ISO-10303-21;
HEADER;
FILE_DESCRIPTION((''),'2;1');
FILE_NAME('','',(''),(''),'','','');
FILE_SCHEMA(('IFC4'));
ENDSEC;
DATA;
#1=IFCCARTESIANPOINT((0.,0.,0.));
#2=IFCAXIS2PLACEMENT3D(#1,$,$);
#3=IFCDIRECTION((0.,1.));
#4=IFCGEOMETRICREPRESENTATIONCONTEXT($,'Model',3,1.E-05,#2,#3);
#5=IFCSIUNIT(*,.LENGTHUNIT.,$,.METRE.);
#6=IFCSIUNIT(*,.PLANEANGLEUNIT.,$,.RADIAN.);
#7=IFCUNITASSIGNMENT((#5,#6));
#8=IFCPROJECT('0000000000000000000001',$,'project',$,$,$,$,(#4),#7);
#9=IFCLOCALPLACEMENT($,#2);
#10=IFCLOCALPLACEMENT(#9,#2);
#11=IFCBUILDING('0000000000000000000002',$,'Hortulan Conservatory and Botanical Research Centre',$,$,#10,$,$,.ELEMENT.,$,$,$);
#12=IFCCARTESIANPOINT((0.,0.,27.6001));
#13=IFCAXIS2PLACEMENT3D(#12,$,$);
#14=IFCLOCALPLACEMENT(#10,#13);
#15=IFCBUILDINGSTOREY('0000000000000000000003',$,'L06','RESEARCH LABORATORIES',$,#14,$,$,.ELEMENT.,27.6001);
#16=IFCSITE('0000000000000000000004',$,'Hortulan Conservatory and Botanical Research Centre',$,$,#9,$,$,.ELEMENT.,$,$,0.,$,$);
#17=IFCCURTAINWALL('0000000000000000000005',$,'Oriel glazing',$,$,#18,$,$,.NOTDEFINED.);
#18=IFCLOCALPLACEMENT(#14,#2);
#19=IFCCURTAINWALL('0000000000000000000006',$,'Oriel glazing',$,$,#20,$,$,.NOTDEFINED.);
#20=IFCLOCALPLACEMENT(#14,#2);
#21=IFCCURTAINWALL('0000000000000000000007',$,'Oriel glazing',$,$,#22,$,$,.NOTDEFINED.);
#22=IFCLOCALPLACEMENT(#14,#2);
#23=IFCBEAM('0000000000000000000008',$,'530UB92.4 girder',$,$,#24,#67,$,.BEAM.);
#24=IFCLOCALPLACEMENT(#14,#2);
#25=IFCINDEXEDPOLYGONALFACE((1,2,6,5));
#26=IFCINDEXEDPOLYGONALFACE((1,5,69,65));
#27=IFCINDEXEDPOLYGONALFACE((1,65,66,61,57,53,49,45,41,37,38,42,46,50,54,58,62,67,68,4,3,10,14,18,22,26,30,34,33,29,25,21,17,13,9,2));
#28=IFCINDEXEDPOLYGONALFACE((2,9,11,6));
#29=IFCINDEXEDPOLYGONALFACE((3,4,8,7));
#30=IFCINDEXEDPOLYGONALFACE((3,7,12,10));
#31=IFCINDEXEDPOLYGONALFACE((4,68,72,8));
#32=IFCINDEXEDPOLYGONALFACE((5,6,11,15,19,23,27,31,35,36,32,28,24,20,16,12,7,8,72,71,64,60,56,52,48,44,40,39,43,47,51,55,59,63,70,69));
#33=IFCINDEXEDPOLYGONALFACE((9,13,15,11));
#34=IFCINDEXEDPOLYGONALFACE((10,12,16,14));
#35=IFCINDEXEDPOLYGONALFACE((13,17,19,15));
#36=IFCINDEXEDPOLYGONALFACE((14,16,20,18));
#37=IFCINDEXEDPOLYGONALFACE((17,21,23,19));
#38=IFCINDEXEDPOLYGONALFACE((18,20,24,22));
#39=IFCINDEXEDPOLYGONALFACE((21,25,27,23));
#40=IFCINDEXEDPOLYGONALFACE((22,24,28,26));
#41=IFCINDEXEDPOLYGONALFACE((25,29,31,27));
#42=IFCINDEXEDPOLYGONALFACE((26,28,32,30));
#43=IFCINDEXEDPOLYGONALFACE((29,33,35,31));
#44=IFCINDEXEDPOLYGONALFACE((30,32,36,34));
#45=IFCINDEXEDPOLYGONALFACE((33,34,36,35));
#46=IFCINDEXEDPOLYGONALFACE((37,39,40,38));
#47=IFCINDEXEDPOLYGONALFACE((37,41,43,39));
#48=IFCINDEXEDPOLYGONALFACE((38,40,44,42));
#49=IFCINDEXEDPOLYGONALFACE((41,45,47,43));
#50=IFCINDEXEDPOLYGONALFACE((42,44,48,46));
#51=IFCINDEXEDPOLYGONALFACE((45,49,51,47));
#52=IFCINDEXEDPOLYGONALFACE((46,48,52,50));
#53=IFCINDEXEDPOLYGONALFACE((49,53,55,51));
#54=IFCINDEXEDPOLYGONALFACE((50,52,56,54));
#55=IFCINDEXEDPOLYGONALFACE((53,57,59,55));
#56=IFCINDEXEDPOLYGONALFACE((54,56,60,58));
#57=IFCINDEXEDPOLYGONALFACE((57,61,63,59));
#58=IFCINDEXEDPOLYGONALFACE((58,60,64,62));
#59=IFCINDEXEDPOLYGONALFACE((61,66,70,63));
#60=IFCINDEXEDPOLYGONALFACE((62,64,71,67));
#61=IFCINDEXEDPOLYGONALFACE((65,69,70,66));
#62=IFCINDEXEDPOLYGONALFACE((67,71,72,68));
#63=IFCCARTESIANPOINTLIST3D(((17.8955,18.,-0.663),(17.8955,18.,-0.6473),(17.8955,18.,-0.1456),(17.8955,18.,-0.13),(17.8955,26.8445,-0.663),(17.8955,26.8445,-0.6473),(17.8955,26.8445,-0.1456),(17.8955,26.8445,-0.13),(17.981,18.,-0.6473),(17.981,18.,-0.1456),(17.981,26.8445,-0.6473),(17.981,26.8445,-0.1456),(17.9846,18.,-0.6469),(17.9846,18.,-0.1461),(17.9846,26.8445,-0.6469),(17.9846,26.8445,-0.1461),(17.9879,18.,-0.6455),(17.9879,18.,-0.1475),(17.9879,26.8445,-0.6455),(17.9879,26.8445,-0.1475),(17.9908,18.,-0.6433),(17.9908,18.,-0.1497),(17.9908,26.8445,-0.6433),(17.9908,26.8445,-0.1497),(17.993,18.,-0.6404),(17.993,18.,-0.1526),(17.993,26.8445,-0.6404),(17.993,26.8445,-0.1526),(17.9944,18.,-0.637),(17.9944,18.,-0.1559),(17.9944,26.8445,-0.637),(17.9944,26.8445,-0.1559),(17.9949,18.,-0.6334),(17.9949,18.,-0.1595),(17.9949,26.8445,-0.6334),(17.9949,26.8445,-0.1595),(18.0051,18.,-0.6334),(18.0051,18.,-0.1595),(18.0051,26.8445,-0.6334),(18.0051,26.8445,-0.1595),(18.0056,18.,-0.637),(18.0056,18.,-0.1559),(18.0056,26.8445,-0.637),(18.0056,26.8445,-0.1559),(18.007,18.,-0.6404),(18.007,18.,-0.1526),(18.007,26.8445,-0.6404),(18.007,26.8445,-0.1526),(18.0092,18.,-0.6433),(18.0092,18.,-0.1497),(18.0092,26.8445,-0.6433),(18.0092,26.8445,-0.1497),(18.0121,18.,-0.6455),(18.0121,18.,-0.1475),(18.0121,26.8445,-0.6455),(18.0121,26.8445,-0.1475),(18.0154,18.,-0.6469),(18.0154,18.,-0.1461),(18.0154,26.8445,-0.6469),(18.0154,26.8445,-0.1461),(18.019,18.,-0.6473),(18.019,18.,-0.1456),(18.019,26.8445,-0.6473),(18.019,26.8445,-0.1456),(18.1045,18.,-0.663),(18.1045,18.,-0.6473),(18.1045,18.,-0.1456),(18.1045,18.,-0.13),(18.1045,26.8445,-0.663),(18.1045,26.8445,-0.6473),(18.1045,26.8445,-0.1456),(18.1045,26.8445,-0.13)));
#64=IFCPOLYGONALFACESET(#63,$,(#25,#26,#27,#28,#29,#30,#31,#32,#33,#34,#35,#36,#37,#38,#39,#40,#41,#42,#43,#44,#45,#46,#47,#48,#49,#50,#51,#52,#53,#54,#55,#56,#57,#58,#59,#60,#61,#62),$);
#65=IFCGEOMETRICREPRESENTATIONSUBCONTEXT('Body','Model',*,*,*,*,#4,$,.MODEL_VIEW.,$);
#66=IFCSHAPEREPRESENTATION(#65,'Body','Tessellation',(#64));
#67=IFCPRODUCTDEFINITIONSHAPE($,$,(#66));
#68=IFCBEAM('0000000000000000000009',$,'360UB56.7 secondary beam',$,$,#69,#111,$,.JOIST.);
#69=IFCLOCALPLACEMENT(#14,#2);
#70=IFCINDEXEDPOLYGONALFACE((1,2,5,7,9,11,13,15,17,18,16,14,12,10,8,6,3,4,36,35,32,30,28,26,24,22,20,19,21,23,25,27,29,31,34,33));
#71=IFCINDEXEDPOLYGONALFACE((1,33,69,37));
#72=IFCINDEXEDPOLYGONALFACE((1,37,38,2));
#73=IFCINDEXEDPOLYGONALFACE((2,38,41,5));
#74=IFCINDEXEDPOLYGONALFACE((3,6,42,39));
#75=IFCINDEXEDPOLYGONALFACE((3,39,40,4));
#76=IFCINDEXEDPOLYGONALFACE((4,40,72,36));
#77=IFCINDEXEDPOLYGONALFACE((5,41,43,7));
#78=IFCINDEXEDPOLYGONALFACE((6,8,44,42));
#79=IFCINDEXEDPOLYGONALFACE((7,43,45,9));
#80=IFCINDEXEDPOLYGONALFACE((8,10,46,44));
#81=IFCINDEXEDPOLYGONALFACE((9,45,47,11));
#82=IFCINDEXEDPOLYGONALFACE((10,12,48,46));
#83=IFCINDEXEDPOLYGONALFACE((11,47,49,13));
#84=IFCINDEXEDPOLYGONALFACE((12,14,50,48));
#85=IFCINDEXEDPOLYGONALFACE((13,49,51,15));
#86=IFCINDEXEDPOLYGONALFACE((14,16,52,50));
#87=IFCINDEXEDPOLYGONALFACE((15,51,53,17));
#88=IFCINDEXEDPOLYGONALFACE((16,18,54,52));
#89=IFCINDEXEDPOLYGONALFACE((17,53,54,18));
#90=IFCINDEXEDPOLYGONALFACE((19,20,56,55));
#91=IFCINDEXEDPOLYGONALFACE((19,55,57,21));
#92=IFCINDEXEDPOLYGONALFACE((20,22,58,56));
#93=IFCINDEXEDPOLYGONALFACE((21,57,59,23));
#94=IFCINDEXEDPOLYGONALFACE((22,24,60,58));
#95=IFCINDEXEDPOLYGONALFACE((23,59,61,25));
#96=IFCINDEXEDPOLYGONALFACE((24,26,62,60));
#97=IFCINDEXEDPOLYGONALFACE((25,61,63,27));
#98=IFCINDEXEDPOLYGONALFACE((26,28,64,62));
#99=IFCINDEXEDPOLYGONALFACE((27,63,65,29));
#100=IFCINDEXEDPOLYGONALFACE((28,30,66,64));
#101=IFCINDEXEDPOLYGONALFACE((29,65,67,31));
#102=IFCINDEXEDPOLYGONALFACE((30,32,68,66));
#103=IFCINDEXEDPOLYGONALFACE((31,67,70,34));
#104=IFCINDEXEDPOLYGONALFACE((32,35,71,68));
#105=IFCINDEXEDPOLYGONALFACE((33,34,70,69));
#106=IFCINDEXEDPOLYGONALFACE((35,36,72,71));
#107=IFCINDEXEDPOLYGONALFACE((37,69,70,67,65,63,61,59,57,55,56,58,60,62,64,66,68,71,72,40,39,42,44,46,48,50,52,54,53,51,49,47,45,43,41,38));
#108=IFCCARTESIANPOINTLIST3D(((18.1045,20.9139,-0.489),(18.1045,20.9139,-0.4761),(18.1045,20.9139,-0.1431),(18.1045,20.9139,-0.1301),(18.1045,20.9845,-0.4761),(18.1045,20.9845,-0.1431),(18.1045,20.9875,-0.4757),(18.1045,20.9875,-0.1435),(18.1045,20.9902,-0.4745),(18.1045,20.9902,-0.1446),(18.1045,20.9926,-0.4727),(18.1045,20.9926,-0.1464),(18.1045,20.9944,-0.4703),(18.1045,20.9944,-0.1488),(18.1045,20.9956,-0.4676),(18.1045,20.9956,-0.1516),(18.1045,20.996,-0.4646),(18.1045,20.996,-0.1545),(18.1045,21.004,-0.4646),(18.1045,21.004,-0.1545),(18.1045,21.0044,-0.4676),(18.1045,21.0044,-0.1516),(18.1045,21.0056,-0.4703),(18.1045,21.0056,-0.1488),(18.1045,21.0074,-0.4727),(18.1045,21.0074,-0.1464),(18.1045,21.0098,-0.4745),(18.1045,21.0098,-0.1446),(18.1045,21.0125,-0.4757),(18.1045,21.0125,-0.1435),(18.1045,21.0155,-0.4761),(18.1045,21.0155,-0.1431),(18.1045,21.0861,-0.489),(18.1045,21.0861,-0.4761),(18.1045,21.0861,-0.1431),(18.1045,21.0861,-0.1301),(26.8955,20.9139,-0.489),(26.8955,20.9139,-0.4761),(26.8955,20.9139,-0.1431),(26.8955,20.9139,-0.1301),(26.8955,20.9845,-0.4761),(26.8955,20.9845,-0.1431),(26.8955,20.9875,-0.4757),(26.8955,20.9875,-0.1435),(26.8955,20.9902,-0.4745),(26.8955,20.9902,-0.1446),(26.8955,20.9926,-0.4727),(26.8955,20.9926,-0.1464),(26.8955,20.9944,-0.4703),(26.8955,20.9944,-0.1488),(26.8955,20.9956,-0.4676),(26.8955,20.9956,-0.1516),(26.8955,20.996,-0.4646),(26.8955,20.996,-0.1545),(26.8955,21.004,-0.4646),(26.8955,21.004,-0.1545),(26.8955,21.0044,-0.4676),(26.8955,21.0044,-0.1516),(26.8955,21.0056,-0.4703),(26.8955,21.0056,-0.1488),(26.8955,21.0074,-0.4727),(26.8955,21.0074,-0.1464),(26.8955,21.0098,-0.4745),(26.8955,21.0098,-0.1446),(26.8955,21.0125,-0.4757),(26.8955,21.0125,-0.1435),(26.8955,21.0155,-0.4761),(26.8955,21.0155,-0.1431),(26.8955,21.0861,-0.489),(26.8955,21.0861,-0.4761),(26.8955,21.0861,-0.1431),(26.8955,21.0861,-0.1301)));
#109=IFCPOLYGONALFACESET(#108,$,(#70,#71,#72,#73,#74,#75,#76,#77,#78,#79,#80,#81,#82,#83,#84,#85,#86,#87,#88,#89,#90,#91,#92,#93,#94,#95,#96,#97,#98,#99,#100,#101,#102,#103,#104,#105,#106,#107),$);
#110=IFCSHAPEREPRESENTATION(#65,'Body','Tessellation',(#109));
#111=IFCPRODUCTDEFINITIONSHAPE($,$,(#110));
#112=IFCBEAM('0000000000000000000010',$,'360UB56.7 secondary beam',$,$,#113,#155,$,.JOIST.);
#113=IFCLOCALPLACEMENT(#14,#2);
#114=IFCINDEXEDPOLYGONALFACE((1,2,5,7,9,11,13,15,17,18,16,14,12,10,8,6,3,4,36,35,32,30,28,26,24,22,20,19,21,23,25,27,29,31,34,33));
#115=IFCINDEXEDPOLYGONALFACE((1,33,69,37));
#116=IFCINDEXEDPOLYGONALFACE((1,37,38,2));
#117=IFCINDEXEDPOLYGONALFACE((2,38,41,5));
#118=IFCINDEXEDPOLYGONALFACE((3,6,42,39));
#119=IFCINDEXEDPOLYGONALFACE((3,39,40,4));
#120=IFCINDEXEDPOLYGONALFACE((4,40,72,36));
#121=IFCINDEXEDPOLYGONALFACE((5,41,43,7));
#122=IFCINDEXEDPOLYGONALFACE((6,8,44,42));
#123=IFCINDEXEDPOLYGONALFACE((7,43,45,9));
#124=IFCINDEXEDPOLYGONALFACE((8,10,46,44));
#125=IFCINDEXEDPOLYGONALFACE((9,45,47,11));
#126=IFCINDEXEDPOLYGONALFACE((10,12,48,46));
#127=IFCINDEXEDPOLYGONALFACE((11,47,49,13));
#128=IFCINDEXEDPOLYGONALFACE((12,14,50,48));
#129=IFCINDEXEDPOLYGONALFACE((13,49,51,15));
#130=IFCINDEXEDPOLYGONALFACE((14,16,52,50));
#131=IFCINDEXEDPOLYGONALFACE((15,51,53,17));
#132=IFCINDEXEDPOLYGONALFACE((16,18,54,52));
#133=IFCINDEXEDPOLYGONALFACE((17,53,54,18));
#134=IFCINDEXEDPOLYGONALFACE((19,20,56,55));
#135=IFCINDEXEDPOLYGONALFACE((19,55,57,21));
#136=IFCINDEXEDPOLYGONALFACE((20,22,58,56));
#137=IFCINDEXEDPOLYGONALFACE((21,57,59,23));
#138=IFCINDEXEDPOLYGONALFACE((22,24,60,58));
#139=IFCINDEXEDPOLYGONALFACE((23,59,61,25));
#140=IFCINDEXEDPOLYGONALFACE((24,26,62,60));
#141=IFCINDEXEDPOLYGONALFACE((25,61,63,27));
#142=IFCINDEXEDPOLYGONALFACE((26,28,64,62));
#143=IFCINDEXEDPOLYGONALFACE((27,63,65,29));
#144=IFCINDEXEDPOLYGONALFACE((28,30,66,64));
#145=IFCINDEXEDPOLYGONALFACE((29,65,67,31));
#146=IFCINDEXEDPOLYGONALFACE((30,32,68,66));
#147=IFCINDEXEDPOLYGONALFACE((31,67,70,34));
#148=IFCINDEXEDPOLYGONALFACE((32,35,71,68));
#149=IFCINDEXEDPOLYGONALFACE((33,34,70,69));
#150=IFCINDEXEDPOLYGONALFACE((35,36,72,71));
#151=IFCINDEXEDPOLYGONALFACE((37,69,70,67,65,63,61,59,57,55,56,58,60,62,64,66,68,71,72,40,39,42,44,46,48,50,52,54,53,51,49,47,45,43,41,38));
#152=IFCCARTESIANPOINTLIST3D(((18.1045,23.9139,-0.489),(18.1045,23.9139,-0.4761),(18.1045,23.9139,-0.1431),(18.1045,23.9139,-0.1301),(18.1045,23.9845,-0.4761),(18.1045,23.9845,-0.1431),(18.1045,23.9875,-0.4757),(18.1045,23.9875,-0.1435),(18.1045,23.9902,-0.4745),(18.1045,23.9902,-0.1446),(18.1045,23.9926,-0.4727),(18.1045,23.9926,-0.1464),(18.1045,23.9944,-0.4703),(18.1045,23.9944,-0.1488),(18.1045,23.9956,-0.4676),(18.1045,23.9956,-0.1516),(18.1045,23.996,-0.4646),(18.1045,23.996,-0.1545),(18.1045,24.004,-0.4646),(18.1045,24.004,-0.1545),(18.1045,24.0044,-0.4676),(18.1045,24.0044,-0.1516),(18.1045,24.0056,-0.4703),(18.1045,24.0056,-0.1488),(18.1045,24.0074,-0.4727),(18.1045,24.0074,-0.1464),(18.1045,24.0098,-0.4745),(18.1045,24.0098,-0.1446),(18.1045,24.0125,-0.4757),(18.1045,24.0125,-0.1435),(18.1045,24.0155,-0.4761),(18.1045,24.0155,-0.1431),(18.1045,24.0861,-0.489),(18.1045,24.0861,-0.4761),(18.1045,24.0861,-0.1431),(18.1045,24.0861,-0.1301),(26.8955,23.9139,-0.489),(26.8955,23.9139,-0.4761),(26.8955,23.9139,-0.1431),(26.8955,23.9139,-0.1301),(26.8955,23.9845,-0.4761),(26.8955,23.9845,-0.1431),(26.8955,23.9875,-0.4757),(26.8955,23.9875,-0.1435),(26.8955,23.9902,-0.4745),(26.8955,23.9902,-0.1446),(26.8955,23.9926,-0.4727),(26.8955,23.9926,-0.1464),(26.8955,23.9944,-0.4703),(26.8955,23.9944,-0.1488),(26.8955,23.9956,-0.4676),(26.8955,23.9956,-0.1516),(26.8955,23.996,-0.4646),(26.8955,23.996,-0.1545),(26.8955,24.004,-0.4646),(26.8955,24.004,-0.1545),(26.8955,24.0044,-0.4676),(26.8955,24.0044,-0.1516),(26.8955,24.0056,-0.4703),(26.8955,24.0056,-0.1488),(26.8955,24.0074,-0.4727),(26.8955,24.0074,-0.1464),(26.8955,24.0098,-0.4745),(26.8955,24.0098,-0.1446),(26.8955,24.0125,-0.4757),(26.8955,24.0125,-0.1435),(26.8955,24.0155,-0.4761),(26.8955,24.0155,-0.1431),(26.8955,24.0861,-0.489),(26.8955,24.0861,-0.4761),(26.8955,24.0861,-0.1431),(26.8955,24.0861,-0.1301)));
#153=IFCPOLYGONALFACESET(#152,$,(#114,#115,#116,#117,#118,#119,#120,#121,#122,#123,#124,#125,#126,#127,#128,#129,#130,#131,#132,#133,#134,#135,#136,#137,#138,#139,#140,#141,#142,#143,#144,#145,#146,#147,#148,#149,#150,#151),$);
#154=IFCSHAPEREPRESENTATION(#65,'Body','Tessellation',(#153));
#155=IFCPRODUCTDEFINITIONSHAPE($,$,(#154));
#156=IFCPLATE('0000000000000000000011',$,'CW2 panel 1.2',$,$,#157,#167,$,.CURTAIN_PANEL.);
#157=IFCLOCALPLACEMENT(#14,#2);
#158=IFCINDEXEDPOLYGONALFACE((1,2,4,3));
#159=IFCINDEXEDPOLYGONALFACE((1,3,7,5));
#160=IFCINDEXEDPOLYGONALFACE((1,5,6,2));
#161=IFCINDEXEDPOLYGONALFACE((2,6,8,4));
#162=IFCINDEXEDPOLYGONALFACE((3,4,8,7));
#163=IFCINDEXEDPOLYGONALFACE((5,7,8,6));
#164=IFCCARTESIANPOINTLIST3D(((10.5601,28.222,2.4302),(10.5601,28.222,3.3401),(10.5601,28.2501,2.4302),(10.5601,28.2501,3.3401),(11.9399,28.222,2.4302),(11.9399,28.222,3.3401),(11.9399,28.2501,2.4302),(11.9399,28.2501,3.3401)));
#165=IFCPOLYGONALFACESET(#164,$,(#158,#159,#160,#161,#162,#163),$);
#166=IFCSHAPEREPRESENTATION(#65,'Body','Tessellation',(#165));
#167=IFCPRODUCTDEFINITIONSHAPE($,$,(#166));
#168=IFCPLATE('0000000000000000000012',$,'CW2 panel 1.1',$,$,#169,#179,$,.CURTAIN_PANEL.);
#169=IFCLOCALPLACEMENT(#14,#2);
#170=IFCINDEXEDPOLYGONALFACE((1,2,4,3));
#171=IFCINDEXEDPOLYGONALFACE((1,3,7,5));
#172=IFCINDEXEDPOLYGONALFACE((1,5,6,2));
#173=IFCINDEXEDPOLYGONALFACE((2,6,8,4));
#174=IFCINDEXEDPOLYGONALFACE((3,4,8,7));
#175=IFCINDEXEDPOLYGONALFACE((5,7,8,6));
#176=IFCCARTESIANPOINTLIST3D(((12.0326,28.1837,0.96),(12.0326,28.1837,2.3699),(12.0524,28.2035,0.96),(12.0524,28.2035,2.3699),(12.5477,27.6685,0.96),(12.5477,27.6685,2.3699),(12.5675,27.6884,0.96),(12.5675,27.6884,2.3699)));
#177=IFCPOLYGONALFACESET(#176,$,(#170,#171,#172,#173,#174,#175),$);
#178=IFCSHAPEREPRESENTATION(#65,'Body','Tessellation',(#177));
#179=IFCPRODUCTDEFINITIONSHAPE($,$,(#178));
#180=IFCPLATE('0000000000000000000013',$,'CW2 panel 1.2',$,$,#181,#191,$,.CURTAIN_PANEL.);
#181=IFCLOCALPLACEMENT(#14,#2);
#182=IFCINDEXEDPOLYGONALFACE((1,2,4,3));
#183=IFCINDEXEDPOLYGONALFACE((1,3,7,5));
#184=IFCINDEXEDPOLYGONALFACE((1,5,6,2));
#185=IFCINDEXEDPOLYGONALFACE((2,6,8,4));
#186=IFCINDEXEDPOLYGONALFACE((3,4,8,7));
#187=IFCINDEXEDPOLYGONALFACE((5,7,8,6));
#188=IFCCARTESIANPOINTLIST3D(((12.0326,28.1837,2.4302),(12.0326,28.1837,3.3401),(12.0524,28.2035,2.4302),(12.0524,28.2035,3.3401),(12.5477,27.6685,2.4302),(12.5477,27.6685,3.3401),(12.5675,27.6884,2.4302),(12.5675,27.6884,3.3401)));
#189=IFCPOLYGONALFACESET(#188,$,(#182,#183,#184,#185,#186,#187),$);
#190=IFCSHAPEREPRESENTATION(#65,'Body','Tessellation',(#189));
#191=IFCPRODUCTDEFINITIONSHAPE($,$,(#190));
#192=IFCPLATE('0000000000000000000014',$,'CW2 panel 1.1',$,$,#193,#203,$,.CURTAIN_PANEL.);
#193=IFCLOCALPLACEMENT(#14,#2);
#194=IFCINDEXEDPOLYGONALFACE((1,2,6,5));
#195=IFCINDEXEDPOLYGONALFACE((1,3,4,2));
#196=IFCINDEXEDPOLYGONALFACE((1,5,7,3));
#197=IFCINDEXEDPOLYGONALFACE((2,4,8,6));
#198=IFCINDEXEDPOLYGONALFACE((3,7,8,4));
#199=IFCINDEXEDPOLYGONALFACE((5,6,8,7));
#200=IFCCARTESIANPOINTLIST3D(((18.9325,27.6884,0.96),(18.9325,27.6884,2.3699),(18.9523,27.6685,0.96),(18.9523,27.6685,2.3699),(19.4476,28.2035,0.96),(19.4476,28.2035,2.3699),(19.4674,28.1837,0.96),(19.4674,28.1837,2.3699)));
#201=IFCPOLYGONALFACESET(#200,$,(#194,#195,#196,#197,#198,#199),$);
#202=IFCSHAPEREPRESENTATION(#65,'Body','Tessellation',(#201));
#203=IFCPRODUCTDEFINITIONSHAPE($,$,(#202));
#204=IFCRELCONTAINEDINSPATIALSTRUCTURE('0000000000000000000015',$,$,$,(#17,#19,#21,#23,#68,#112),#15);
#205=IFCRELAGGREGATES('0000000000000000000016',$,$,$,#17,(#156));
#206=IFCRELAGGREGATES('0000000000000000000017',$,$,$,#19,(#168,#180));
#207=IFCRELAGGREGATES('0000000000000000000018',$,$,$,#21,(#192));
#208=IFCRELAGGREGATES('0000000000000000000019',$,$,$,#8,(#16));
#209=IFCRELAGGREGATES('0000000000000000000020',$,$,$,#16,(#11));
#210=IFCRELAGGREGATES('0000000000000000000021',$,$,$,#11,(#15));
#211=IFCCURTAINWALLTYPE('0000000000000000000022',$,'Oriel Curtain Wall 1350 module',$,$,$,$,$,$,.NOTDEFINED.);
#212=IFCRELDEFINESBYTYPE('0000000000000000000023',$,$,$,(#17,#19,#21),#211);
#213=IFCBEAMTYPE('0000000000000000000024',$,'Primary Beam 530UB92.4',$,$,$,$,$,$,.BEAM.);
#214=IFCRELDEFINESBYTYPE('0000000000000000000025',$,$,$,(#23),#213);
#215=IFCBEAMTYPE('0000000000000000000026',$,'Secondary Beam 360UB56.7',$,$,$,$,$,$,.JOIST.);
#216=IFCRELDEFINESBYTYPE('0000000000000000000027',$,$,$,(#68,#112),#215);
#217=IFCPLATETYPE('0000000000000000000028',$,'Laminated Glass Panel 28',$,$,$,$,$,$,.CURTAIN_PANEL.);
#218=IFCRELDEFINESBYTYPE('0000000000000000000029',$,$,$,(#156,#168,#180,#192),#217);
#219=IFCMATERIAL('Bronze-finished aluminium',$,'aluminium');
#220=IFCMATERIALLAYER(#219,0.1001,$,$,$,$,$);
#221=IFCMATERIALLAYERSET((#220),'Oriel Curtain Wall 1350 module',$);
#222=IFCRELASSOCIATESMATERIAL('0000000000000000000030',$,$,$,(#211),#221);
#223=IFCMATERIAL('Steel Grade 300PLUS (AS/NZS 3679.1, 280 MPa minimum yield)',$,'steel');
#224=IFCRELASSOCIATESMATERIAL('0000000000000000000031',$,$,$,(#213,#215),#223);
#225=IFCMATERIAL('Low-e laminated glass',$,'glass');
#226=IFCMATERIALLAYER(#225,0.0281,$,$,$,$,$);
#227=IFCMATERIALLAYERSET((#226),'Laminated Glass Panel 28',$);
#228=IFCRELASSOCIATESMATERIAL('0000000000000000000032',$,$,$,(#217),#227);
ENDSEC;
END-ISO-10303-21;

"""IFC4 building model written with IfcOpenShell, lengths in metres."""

from ifc_helpers import new_model, si_unit, direction, frame, origin, origin_2d, place, context, subcontext, project, spatial, rectangle, i_section, extrude, material, layer, layer_set, material_profile, profile_set, type_object, element, aggregate, save


model = new_model("IFC4")

# Units and contexts
model_context = context("Model", 3, precision=1e-05, world=origin(), true_north=direction((0.0, 1.0)))
body_context = subcontext(model_context, "Body", "Model", "MODEL_VIEW")
ifc_project = project(units=[si_unit("LENGTHUNIT", "METRE"), si_unit("PLANEANGLEUNIT", "RADIAN")], contexts=[model_context])

# Site, building, storey
site_placement = place(None, origin())
site = spatial("IfcSite", under=ifc_project, at=site_placement, Name="Hortulan Conservatory and Botanical Research Centre", CompositionType="ELEMENT", RefElevation=0.0)
building_placement = place(site_placement, origin())
building = spatial("IfcBuilding", under=site, at=building_placement, Name="Hortulan Conservatory and Botanical Research Centre", CompositionType="ELEMENT")
storey_placement = place(building_placement, frame((0.0, 0.0, 27.6001)))
storey = spatial("IfcBuildingStorey", under=building, at=storey_placement, Name="L06", Description="RESEARCH LABORATORIES", CompositionType="ELEMENT", Elevation=27.6001)

# Shared definitions
ifc_material_1 = material(Name="Steel Grade 300PLUS (AS/NZS 3679.1, 280 MPa minimum yield)", Category="steel")

# Curtain wall
ifc_material_2 = material(Name="Bronze-finished aluminium", Category="aluminium")
ifc_layer_1 = layer(ifc_material_2, 0.1001)
ifc_layer_set_1 = layer_set([ifc_layer_1], Name="Oriel Curtain Wall 1350 module")
curtain_wall_type = type_object("IfcCurtainWallType", Name="Oriel Curtain Wall 1350 module", PredefinedType="NOTDEFINED", material=ifc_layer_set_1)
curtain_wall_1_placement = place(storey_placement, origin())
curtain_wall_1 = element("IfcCurtainWall", 1, at=curtain_wall_1_placement, inside=storey, type_object=curtain_wall_type, Name="Oriel glazing", PredefinedType="NOTDEFINED")

# Curtain walls
curtain_wall_2_placement = place(storey_placement, origin())
curtain_wall_2 = element("IfcCurtainWall", 2, at=curtain_wall_2_placement, inside=storey, type_object=curtain_wall_type, Name="Oriel glazing", PredefinedType="NOTDEFINED")
curtain_wall_3_placement = place(storey_placement, origin())
curtain_wall_3 = element("IfcCurtainWall", 3, at=curtain_wall_3_placement, inside=storey, type_object=curtain_wall_type, Name="Oriel glazing", PredefinedType="NOTDEFINED")

# Beams
ifc_material_profile_1 = material_profile(ifc_material_1, i_section(OverallWidth=0.209, OverallDepth=0.533, WebThickness=0.0103, FlangeThickness=0.0156, FilletRadius=0.0139, at=origin_2d()), Name="530UB92.4")
ifc_profile_set_1 = profile_set([ifc_material_profile_1], Name="Steel Grade 300PLUS (AS/NZS 3679.1, 280 MPa minimum yield)")
beam_type_1 = type_object("IfcBeamType", Name="Primary Beam 530UB92.4", PredefinedType="BEAM", material=ifc_profile_set_1)
beam_1_placement = place(storey_placement, frame((18.0, 18.0, -0.3965), z_axis=(0.0, 1.0, 0.0), x_axis=(-1.0, 0.0, 0.0)))
element("IfcBeam", 4, at=beam_1_placement, inside=storey, type_object=beam_type_1, Name="530UB92.4 girder", PredefinedType="BEAM", context=body_context, shape_type="SweptSolid", body=[
    extrude(i_section(OverallWidth=0.209, OverallDepth=0.533, WebThickness=0.0103, FlangeThickness=0.0156, FilletRadius=0.0139, at=origin_2d()), origin(), (0.0, 0.0, 1.0), 8.8445),
])
ifc_material_profile_2 = material_profile(ifc_material_1, i_section(OverallWidth=0.1721, OverallDepth=0.3589, WebThickness=0.0081, FlangeThickness=0.0129, FilletRadius=0.0115, at=origin_2d()), Name="360UB56.7")
ifc_profile_set_2 = profile_set([ifc_material_profile_2], Name="Steel Grade 300PLUS (AS/NZS 3679.1, 280 MPa minimum yield)")
beam_type_2 = type_object("IfcBeamType", Name="Secondary Beam 360UB56.7", PredefinedType="JOIST", material=ifc_profile_set_2)
for number, where, z_axis, x_axis, name in (
    (5, (18.1045, 21.0, -0.3096), (1.0, 0.0, 0.0), (0.0, 1.0, 0.0), "360UB56.7 secondary beam"),
    (6, (18.1045, 24.0, -0.3096), (1.0, 0.0, 0.0), (0.0, 1.0, 0.0), "360UB56.7 secondary beam"),
):
    element("IfcBeam", number, at=place(storey_placement, frame(where, z_axis=z_axis, x_axis=x_axis)), inside=storey, type_object=beam_type_2, Name=name, PredefinedType="JOIST", context=body_context, shape_type="SweptSolid", body=[
        extrude(i_section(OverallWidth=0.1721, OverallDepth=0.3589, WebThickness=0.0081, FlangeThickness=0.0129, FilletRadius=0.0115, at=origin_2d()), origin(), (0.0, 0.0, 1.0), 8.791),
    ])

# Plates
ifc_material_3 = material(Name="Low-e laminated glass", Category="glass")
ifc_layer_2 = layer(ifc_material_3, 0.0281)
ifc_layer_set_2 = layer_set([ifc_layer_2], Name="Laminated Glass Panel 28")
plate_type = type_object("IfcPlateType", Name="Laminated Glass Panel 28", PredefinedType="CURTAIN_PANEL", material=ifc_layer_set_2)
plate_1_placement = place(storey_placement, frame((11.25, 28.2361, 2.4302), z_axis=(0.0, 0.0, 1.0), x_axis=(1.0, 0.0, 0.0)))
plate_1 = element("IfcPlate", 7, at=plate_1_placement, type_object=plate_type, Name="CW2 panel 1.2", PredefinedType="CURTAIN_PANEL", context=body_context, shape_type="SweptSolid", body=[
    extrude(rectangle(XDim=1.3799, YDim=0.0281, at=origin_2d()), origin(), (0.0, 0.0, 1.0), 0.9099),
])
aggregate(curtain_wall_1, [plate_1])
plate_2_placement = place(storey_placement, frame((12.3, 27.936, 0.96), z_axis=(0.0, 0.0, 1.0), x_axis=(0.707107, -0.707107, 0.0)))
plate_2 = element("IfcPlate", 8, at=plate_2_placement, type_object=plate_type, Name="CW2 panel 1.1", PredefinedType="CURTAIN_PANEL", context=body_context, shape_type="SweptSolid", body=[
    extrude(rectangle(XDim=0.7285, YDim=0.0281, at=origin_2d()), origin(), (0.0, 0.0, 1.0), 1.4099),
])
plate_3_placement = place(storey_placement, frame((12.3, 27.936, 2.4302), z_axis=(0.0, 0.0, 1.0), x_axis=(0.707107, -0.707107, 0.0)))
plate_3 = element("IfcPlate", 9, at=plate_3_placement, type_object=plate_type, Name="CW2 panel 1.2", PredefinedType="CURTAIN_PANEL", context=body_context, shape_type="SweptSolid", body=[
    extrude(rectangle(XDim=0.7285, YDim=0.0281, at=origin_2d()), origin(), (0.0, 0.0, 1.0), 0.9099),
])
aggregate(curtain_wall_2, [plate_2, plate_3])
plate_4_placement = place(storey_placement, frame((19.2, 27.936, 0.96), z_axis=(0.0, 0.0, 1.0), x_axis=(0.707107, 0.707107, 0.0)))
plate_4 = element("IfcPlate", 10, at=plate_4_placement, type_object=plate_type, Name="CW2 panel 1.1", PredefinedType="CURTAIN_PANEL", context=body_context, shape_type="SweptSolid", body=[
    extrude(rectangle(XDim=0.7285, YDim=0.0281, at=origin_2d()), origin(), (0.0, 0.0, 1.0), 1.4099),
])
aggregate(curtain_wall_3, [plate_4])

save(model, "model.ifc")
